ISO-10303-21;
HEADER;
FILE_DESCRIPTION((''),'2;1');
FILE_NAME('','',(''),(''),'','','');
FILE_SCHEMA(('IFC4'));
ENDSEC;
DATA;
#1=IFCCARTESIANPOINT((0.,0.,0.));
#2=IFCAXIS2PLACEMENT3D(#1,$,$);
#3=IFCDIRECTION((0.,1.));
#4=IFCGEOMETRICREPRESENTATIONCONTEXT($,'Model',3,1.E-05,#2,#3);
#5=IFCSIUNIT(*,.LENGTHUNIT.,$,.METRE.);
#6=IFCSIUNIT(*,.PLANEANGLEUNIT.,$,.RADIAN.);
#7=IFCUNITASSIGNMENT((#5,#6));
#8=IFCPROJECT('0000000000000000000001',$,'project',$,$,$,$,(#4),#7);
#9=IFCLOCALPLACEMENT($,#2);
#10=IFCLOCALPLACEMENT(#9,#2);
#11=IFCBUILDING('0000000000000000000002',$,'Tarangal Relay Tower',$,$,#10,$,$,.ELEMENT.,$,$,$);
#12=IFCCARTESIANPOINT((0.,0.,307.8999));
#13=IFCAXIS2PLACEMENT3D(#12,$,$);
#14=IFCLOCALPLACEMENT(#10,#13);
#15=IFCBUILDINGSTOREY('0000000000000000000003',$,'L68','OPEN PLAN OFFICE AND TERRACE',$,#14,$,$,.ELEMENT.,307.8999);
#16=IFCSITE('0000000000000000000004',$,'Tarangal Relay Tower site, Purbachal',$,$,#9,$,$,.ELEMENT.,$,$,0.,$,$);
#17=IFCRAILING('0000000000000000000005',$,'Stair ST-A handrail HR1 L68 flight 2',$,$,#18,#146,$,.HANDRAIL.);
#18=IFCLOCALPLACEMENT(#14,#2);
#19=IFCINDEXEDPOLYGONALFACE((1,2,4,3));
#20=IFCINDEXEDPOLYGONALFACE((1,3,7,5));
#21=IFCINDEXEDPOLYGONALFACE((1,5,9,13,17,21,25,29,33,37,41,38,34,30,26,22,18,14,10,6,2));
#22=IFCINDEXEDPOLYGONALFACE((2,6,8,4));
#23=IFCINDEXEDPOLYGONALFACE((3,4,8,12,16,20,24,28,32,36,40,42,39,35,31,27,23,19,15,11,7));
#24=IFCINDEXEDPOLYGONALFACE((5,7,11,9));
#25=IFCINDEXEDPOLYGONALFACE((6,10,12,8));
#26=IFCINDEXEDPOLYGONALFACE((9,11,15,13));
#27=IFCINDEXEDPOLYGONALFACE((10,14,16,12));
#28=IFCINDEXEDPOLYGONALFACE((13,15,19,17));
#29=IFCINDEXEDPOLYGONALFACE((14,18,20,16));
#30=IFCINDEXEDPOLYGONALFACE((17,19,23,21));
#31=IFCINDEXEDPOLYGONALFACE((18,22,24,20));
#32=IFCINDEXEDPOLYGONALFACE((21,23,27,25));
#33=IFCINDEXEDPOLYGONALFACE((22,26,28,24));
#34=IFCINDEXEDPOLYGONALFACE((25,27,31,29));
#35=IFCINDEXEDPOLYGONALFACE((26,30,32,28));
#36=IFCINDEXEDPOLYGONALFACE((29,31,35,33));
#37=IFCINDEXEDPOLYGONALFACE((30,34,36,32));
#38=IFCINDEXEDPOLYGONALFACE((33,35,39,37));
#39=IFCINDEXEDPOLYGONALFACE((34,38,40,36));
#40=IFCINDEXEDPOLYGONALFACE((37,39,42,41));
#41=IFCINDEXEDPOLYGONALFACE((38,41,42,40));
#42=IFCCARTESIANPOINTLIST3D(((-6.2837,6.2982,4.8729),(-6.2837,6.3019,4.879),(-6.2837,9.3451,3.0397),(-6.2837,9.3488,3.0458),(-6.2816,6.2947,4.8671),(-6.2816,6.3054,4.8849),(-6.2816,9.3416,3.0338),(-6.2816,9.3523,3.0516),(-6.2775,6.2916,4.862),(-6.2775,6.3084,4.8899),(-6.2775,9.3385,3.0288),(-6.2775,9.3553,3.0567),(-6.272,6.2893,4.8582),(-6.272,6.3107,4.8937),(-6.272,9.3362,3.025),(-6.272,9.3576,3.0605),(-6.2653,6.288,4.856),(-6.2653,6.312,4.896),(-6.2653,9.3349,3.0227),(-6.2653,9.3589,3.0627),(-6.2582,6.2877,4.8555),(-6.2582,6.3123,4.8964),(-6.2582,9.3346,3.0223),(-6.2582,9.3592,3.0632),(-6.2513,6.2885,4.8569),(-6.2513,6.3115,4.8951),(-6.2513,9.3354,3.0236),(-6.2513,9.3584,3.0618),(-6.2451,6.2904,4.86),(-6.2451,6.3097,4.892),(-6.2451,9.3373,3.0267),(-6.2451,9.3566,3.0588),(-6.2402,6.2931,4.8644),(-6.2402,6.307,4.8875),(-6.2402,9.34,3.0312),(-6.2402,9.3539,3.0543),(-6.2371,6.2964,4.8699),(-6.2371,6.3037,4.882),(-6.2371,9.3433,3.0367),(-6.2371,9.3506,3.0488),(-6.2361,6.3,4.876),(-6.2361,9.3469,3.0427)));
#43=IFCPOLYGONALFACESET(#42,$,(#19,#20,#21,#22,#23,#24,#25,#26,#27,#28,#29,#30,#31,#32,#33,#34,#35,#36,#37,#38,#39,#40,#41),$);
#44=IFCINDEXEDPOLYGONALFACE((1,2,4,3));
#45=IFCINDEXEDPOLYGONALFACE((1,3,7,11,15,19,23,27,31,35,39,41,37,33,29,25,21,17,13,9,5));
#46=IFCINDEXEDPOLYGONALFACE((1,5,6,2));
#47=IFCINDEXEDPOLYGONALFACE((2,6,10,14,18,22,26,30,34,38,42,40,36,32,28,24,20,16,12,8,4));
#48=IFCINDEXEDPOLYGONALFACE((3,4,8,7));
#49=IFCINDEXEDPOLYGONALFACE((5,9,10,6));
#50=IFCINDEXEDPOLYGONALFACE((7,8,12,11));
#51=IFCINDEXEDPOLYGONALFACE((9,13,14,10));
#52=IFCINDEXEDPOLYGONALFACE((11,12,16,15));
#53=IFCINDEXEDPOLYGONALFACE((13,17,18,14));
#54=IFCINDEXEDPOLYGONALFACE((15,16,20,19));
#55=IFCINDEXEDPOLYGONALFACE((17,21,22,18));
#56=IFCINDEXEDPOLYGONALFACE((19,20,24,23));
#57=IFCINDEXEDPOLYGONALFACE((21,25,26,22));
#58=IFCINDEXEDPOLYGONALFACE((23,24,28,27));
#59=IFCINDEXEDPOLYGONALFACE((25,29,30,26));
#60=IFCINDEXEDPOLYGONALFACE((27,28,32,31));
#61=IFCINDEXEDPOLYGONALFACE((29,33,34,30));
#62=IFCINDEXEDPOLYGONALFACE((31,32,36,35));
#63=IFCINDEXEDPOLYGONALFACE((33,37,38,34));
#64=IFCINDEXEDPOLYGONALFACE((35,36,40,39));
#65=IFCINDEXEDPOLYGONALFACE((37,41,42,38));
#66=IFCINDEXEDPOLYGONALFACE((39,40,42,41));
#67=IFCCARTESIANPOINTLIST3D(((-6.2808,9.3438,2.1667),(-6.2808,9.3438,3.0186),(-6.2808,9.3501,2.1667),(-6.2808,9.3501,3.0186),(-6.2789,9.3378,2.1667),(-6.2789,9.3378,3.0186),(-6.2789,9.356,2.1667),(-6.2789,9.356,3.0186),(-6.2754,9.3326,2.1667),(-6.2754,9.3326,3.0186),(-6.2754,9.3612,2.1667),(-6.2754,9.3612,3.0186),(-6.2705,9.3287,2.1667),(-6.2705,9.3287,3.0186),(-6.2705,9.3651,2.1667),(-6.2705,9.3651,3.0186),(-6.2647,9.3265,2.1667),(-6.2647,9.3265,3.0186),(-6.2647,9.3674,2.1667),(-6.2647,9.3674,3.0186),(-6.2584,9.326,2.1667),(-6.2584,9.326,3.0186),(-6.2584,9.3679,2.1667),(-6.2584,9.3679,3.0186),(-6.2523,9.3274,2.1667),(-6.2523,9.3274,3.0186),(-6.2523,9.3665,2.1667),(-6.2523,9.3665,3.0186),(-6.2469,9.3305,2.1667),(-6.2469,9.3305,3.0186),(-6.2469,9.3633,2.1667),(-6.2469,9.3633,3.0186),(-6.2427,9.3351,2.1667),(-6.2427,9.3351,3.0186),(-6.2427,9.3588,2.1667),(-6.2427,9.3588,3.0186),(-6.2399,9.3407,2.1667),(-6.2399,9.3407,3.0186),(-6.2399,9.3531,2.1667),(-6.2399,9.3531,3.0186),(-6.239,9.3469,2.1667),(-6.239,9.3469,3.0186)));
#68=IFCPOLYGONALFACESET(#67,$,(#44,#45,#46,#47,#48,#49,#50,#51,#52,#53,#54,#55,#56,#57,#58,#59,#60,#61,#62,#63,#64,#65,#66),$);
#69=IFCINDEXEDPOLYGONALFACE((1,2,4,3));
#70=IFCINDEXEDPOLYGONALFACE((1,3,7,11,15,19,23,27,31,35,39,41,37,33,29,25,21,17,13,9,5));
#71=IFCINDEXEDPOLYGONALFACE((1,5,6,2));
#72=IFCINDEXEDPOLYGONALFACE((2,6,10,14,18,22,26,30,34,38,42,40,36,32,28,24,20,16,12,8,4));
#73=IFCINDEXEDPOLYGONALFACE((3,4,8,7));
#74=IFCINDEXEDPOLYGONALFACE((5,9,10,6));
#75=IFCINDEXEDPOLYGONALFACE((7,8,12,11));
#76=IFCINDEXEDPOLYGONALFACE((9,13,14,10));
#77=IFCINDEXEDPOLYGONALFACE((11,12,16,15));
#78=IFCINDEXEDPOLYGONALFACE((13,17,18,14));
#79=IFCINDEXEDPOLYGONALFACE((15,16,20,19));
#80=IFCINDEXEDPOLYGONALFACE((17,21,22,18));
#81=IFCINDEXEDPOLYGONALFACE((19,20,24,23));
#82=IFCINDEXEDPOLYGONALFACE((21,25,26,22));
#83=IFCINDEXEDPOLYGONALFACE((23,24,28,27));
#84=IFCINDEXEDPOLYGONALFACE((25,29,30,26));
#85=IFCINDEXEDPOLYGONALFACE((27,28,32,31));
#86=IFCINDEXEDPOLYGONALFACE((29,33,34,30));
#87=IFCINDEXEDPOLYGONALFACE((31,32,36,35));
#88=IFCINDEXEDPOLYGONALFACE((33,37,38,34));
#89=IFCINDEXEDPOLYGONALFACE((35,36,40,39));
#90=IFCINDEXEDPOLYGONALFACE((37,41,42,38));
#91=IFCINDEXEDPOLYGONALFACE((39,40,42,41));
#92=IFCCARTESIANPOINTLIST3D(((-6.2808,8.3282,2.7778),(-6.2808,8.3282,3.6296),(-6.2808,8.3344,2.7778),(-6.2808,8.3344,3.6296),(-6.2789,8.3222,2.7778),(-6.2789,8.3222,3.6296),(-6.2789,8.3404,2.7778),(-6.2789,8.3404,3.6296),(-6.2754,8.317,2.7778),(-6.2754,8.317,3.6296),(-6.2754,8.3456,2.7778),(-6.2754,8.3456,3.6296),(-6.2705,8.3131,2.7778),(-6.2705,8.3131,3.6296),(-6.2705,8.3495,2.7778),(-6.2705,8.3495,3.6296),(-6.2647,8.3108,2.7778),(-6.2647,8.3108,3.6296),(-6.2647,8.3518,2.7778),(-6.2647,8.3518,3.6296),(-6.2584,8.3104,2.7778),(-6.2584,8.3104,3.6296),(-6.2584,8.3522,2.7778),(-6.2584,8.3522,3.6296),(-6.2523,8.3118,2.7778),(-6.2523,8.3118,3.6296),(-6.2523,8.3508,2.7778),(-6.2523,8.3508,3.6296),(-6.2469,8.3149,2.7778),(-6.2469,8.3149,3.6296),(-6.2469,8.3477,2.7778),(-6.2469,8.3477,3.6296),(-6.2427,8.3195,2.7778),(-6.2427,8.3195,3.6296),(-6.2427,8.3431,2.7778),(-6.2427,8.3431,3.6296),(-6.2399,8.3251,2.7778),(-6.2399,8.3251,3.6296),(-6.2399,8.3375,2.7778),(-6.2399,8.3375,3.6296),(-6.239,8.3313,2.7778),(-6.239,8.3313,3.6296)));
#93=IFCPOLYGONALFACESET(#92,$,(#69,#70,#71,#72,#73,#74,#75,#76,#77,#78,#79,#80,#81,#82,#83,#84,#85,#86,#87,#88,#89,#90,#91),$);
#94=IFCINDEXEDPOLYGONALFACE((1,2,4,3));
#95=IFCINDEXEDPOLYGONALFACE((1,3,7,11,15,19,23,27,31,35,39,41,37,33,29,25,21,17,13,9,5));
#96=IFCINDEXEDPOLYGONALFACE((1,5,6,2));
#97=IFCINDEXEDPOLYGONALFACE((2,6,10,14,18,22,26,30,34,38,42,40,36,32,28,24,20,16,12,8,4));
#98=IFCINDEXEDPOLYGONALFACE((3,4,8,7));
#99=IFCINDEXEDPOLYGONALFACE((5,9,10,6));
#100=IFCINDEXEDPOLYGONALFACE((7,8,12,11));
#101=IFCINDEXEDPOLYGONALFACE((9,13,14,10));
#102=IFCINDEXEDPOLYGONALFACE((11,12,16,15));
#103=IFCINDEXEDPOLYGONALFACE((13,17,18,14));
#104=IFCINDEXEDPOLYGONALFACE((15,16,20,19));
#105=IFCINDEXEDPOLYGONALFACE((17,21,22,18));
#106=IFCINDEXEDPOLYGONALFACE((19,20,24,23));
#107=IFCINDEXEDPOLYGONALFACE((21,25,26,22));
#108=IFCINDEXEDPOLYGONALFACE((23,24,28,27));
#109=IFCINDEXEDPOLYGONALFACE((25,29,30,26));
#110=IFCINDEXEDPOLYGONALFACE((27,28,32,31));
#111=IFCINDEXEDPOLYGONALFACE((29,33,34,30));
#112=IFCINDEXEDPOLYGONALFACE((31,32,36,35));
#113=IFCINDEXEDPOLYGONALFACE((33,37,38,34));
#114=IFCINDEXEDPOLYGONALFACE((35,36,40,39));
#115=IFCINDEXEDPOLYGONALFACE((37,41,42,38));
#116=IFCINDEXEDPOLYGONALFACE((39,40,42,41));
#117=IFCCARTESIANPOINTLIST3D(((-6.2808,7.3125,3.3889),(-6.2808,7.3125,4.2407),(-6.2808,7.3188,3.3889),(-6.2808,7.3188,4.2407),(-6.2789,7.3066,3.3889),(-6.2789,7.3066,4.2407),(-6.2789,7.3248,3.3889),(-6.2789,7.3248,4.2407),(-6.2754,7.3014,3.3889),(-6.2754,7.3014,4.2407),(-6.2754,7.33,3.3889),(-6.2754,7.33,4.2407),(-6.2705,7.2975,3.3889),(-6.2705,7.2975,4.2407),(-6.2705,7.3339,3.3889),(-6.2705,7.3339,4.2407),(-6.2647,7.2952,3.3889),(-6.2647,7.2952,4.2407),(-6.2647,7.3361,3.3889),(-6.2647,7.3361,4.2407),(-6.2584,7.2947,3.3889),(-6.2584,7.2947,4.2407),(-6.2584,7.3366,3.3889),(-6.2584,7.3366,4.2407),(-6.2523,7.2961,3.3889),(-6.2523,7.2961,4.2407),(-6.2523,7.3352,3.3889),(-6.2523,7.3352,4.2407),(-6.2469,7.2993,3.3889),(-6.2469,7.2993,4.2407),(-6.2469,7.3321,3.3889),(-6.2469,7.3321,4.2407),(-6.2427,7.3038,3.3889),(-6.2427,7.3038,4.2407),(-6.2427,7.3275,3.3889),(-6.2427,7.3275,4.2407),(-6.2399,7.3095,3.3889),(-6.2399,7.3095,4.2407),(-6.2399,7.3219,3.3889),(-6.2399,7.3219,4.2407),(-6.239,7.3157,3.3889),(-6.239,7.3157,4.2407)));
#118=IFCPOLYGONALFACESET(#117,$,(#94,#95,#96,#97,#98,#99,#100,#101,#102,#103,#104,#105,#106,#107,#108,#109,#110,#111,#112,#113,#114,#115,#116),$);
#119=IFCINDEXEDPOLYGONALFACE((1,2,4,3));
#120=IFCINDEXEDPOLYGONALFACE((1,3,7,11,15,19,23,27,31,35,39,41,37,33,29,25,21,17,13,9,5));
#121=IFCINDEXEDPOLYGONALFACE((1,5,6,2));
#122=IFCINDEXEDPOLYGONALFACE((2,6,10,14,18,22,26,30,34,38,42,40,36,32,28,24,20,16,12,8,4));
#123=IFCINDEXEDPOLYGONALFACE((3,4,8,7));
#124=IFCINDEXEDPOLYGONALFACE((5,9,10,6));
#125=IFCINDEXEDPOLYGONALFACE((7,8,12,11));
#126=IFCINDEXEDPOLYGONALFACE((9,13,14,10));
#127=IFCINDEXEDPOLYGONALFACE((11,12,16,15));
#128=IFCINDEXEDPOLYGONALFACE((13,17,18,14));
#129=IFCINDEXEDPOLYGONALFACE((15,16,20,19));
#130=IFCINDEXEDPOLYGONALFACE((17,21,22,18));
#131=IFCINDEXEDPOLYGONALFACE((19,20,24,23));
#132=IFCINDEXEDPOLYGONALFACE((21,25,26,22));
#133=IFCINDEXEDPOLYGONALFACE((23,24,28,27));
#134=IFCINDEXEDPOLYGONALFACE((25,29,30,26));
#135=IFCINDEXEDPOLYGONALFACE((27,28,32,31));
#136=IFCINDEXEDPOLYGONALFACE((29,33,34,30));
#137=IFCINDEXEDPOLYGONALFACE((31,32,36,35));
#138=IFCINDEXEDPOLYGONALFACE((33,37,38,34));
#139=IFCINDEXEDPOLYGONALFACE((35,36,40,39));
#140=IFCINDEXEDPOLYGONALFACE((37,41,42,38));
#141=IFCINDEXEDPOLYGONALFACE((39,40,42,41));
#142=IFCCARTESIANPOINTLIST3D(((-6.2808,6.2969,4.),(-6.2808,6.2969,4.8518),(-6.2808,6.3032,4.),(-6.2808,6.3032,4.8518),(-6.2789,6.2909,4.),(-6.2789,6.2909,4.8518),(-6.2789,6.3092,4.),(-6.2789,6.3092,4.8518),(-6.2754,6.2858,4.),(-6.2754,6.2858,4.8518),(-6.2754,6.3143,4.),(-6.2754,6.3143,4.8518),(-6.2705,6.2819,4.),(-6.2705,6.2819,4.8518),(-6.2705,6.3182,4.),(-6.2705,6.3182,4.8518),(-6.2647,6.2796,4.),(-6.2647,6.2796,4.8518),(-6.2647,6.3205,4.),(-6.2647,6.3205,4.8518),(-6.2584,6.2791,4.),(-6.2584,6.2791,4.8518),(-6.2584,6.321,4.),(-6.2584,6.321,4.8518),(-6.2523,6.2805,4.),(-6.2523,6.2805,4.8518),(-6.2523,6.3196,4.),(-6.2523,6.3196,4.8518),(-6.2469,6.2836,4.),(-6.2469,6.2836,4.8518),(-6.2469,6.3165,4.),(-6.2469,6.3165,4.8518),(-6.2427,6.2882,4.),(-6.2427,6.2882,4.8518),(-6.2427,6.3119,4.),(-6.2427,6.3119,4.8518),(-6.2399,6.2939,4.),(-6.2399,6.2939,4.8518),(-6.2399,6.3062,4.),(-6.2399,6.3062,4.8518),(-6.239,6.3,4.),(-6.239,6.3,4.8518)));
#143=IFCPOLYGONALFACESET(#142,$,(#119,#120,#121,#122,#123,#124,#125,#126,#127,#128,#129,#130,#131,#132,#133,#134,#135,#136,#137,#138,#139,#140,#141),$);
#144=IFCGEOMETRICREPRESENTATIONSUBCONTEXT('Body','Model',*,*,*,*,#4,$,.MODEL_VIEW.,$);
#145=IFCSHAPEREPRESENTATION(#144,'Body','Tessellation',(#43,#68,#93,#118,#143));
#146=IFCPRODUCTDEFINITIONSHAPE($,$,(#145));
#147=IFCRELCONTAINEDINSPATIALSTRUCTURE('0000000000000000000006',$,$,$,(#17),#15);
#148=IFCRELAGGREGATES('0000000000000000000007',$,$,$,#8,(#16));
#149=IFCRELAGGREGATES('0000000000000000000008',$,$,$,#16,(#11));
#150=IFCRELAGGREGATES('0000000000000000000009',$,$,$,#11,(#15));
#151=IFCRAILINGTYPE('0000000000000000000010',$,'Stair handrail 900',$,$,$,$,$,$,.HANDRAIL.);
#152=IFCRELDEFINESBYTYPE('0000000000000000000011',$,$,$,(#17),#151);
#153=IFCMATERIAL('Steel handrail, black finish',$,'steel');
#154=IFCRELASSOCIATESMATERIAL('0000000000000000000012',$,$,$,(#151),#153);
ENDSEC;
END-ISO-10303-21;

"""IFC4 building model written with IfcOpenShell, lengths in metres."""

from ifc_helpers import new_model, si_unit, direction, frame, origin, origin_2d, place, context, subcontext, project, spatial, circle, extrude, material, type_object, element, save


model = new_model("IFC4")

# Units and contexts
model_context = context("Model", 3, precision=1e-05, world=origin(), true_north=direction((0.0, 1.0)))
body_context = subcontext(model_context, "Body", "Model", "MODEL_VIEW")
ifc_project = project(units=[si_unit("LENGTHUNIT", "METRE"), si_unit("PLANEANGLEUNIT", "RADIAN")], contexts=[model_context])

# Site, building, storey
site_placement = place(None, origin())
site = spatial("IfcSite", under=ifc_project, at=site_placement, Name="Tarangal Relay Tower site, Purbachal", CompositionType="ELEMENT", RefElevation=0.0)
building_placement = place(site_placement, origin())
building = spatial("IfcBuilding", under=site, at=building_placement, Name="Tarangal Relay Tower", CompositionType="ELEMENT")
storey_placement = place(building_placement, frame((0.0, 0.0, 307.8999)))
storey = spatial("IfcBuildingStorey", under=building, at=storey_placement, Name="L68", Description="OPEN PLAN OFFICE AND TERRACE", CompositionType="ELEMENT", Elevation=307.8999)

# Railing
ifc_material_1 = material(Name="Steel handrail, black finish", Category="steel")
railing_type_1 = type_object("IfcRailingType", Name="Stair handrail 900", PredefinedType="HANDRAIL", material=ifc_material_1)
railing_1_placement = place(storey_placement, frame((-6.26, 9.3469, 2.1667)))
element("IfcRailing", 1, at=railing_1_placement, inside=storey, type_object=railing_type_1, Name="Stair ST-A handrail HR1 L68 flight 2", PredefinedType="HANDRAIL", context=body_context, shape_type="SweptSolid", body=[
    extrude(circle(Radius=0.0239, at=origin_2d()), frame((0.0, 0.0, 0.876), z_axis=(0.0, -0.856856, 0.515556), x_axis=(1.0, 0.0, 0.0)), (0.0, 0.0, 1.0), 3.5559),
    extrude(circle(Radius=0.021, at=origin_2d()), origin(), (0.0, 0.0, 1.0), 0.8518),
    extrude(circle(Radius=0.021, at=origin_2d()), frame((0.0, -1.0156, 0.6111)), (0.0, 0.0, 1.0), 0.8518),
    extrude(circle(Radius=0.021, at=origin_2d()), frame((0.0, -2.0312, 1.2222)), (0.0, 0.0, 1.0), 0.8518),
    extrude(circle(Radius=0.021, at=origin_2d()), frame((0.0, -3.0469, 1.8333)), (0.0, 0.0, 1.0), 0.8518),
])

save(model, "model.ifc")
